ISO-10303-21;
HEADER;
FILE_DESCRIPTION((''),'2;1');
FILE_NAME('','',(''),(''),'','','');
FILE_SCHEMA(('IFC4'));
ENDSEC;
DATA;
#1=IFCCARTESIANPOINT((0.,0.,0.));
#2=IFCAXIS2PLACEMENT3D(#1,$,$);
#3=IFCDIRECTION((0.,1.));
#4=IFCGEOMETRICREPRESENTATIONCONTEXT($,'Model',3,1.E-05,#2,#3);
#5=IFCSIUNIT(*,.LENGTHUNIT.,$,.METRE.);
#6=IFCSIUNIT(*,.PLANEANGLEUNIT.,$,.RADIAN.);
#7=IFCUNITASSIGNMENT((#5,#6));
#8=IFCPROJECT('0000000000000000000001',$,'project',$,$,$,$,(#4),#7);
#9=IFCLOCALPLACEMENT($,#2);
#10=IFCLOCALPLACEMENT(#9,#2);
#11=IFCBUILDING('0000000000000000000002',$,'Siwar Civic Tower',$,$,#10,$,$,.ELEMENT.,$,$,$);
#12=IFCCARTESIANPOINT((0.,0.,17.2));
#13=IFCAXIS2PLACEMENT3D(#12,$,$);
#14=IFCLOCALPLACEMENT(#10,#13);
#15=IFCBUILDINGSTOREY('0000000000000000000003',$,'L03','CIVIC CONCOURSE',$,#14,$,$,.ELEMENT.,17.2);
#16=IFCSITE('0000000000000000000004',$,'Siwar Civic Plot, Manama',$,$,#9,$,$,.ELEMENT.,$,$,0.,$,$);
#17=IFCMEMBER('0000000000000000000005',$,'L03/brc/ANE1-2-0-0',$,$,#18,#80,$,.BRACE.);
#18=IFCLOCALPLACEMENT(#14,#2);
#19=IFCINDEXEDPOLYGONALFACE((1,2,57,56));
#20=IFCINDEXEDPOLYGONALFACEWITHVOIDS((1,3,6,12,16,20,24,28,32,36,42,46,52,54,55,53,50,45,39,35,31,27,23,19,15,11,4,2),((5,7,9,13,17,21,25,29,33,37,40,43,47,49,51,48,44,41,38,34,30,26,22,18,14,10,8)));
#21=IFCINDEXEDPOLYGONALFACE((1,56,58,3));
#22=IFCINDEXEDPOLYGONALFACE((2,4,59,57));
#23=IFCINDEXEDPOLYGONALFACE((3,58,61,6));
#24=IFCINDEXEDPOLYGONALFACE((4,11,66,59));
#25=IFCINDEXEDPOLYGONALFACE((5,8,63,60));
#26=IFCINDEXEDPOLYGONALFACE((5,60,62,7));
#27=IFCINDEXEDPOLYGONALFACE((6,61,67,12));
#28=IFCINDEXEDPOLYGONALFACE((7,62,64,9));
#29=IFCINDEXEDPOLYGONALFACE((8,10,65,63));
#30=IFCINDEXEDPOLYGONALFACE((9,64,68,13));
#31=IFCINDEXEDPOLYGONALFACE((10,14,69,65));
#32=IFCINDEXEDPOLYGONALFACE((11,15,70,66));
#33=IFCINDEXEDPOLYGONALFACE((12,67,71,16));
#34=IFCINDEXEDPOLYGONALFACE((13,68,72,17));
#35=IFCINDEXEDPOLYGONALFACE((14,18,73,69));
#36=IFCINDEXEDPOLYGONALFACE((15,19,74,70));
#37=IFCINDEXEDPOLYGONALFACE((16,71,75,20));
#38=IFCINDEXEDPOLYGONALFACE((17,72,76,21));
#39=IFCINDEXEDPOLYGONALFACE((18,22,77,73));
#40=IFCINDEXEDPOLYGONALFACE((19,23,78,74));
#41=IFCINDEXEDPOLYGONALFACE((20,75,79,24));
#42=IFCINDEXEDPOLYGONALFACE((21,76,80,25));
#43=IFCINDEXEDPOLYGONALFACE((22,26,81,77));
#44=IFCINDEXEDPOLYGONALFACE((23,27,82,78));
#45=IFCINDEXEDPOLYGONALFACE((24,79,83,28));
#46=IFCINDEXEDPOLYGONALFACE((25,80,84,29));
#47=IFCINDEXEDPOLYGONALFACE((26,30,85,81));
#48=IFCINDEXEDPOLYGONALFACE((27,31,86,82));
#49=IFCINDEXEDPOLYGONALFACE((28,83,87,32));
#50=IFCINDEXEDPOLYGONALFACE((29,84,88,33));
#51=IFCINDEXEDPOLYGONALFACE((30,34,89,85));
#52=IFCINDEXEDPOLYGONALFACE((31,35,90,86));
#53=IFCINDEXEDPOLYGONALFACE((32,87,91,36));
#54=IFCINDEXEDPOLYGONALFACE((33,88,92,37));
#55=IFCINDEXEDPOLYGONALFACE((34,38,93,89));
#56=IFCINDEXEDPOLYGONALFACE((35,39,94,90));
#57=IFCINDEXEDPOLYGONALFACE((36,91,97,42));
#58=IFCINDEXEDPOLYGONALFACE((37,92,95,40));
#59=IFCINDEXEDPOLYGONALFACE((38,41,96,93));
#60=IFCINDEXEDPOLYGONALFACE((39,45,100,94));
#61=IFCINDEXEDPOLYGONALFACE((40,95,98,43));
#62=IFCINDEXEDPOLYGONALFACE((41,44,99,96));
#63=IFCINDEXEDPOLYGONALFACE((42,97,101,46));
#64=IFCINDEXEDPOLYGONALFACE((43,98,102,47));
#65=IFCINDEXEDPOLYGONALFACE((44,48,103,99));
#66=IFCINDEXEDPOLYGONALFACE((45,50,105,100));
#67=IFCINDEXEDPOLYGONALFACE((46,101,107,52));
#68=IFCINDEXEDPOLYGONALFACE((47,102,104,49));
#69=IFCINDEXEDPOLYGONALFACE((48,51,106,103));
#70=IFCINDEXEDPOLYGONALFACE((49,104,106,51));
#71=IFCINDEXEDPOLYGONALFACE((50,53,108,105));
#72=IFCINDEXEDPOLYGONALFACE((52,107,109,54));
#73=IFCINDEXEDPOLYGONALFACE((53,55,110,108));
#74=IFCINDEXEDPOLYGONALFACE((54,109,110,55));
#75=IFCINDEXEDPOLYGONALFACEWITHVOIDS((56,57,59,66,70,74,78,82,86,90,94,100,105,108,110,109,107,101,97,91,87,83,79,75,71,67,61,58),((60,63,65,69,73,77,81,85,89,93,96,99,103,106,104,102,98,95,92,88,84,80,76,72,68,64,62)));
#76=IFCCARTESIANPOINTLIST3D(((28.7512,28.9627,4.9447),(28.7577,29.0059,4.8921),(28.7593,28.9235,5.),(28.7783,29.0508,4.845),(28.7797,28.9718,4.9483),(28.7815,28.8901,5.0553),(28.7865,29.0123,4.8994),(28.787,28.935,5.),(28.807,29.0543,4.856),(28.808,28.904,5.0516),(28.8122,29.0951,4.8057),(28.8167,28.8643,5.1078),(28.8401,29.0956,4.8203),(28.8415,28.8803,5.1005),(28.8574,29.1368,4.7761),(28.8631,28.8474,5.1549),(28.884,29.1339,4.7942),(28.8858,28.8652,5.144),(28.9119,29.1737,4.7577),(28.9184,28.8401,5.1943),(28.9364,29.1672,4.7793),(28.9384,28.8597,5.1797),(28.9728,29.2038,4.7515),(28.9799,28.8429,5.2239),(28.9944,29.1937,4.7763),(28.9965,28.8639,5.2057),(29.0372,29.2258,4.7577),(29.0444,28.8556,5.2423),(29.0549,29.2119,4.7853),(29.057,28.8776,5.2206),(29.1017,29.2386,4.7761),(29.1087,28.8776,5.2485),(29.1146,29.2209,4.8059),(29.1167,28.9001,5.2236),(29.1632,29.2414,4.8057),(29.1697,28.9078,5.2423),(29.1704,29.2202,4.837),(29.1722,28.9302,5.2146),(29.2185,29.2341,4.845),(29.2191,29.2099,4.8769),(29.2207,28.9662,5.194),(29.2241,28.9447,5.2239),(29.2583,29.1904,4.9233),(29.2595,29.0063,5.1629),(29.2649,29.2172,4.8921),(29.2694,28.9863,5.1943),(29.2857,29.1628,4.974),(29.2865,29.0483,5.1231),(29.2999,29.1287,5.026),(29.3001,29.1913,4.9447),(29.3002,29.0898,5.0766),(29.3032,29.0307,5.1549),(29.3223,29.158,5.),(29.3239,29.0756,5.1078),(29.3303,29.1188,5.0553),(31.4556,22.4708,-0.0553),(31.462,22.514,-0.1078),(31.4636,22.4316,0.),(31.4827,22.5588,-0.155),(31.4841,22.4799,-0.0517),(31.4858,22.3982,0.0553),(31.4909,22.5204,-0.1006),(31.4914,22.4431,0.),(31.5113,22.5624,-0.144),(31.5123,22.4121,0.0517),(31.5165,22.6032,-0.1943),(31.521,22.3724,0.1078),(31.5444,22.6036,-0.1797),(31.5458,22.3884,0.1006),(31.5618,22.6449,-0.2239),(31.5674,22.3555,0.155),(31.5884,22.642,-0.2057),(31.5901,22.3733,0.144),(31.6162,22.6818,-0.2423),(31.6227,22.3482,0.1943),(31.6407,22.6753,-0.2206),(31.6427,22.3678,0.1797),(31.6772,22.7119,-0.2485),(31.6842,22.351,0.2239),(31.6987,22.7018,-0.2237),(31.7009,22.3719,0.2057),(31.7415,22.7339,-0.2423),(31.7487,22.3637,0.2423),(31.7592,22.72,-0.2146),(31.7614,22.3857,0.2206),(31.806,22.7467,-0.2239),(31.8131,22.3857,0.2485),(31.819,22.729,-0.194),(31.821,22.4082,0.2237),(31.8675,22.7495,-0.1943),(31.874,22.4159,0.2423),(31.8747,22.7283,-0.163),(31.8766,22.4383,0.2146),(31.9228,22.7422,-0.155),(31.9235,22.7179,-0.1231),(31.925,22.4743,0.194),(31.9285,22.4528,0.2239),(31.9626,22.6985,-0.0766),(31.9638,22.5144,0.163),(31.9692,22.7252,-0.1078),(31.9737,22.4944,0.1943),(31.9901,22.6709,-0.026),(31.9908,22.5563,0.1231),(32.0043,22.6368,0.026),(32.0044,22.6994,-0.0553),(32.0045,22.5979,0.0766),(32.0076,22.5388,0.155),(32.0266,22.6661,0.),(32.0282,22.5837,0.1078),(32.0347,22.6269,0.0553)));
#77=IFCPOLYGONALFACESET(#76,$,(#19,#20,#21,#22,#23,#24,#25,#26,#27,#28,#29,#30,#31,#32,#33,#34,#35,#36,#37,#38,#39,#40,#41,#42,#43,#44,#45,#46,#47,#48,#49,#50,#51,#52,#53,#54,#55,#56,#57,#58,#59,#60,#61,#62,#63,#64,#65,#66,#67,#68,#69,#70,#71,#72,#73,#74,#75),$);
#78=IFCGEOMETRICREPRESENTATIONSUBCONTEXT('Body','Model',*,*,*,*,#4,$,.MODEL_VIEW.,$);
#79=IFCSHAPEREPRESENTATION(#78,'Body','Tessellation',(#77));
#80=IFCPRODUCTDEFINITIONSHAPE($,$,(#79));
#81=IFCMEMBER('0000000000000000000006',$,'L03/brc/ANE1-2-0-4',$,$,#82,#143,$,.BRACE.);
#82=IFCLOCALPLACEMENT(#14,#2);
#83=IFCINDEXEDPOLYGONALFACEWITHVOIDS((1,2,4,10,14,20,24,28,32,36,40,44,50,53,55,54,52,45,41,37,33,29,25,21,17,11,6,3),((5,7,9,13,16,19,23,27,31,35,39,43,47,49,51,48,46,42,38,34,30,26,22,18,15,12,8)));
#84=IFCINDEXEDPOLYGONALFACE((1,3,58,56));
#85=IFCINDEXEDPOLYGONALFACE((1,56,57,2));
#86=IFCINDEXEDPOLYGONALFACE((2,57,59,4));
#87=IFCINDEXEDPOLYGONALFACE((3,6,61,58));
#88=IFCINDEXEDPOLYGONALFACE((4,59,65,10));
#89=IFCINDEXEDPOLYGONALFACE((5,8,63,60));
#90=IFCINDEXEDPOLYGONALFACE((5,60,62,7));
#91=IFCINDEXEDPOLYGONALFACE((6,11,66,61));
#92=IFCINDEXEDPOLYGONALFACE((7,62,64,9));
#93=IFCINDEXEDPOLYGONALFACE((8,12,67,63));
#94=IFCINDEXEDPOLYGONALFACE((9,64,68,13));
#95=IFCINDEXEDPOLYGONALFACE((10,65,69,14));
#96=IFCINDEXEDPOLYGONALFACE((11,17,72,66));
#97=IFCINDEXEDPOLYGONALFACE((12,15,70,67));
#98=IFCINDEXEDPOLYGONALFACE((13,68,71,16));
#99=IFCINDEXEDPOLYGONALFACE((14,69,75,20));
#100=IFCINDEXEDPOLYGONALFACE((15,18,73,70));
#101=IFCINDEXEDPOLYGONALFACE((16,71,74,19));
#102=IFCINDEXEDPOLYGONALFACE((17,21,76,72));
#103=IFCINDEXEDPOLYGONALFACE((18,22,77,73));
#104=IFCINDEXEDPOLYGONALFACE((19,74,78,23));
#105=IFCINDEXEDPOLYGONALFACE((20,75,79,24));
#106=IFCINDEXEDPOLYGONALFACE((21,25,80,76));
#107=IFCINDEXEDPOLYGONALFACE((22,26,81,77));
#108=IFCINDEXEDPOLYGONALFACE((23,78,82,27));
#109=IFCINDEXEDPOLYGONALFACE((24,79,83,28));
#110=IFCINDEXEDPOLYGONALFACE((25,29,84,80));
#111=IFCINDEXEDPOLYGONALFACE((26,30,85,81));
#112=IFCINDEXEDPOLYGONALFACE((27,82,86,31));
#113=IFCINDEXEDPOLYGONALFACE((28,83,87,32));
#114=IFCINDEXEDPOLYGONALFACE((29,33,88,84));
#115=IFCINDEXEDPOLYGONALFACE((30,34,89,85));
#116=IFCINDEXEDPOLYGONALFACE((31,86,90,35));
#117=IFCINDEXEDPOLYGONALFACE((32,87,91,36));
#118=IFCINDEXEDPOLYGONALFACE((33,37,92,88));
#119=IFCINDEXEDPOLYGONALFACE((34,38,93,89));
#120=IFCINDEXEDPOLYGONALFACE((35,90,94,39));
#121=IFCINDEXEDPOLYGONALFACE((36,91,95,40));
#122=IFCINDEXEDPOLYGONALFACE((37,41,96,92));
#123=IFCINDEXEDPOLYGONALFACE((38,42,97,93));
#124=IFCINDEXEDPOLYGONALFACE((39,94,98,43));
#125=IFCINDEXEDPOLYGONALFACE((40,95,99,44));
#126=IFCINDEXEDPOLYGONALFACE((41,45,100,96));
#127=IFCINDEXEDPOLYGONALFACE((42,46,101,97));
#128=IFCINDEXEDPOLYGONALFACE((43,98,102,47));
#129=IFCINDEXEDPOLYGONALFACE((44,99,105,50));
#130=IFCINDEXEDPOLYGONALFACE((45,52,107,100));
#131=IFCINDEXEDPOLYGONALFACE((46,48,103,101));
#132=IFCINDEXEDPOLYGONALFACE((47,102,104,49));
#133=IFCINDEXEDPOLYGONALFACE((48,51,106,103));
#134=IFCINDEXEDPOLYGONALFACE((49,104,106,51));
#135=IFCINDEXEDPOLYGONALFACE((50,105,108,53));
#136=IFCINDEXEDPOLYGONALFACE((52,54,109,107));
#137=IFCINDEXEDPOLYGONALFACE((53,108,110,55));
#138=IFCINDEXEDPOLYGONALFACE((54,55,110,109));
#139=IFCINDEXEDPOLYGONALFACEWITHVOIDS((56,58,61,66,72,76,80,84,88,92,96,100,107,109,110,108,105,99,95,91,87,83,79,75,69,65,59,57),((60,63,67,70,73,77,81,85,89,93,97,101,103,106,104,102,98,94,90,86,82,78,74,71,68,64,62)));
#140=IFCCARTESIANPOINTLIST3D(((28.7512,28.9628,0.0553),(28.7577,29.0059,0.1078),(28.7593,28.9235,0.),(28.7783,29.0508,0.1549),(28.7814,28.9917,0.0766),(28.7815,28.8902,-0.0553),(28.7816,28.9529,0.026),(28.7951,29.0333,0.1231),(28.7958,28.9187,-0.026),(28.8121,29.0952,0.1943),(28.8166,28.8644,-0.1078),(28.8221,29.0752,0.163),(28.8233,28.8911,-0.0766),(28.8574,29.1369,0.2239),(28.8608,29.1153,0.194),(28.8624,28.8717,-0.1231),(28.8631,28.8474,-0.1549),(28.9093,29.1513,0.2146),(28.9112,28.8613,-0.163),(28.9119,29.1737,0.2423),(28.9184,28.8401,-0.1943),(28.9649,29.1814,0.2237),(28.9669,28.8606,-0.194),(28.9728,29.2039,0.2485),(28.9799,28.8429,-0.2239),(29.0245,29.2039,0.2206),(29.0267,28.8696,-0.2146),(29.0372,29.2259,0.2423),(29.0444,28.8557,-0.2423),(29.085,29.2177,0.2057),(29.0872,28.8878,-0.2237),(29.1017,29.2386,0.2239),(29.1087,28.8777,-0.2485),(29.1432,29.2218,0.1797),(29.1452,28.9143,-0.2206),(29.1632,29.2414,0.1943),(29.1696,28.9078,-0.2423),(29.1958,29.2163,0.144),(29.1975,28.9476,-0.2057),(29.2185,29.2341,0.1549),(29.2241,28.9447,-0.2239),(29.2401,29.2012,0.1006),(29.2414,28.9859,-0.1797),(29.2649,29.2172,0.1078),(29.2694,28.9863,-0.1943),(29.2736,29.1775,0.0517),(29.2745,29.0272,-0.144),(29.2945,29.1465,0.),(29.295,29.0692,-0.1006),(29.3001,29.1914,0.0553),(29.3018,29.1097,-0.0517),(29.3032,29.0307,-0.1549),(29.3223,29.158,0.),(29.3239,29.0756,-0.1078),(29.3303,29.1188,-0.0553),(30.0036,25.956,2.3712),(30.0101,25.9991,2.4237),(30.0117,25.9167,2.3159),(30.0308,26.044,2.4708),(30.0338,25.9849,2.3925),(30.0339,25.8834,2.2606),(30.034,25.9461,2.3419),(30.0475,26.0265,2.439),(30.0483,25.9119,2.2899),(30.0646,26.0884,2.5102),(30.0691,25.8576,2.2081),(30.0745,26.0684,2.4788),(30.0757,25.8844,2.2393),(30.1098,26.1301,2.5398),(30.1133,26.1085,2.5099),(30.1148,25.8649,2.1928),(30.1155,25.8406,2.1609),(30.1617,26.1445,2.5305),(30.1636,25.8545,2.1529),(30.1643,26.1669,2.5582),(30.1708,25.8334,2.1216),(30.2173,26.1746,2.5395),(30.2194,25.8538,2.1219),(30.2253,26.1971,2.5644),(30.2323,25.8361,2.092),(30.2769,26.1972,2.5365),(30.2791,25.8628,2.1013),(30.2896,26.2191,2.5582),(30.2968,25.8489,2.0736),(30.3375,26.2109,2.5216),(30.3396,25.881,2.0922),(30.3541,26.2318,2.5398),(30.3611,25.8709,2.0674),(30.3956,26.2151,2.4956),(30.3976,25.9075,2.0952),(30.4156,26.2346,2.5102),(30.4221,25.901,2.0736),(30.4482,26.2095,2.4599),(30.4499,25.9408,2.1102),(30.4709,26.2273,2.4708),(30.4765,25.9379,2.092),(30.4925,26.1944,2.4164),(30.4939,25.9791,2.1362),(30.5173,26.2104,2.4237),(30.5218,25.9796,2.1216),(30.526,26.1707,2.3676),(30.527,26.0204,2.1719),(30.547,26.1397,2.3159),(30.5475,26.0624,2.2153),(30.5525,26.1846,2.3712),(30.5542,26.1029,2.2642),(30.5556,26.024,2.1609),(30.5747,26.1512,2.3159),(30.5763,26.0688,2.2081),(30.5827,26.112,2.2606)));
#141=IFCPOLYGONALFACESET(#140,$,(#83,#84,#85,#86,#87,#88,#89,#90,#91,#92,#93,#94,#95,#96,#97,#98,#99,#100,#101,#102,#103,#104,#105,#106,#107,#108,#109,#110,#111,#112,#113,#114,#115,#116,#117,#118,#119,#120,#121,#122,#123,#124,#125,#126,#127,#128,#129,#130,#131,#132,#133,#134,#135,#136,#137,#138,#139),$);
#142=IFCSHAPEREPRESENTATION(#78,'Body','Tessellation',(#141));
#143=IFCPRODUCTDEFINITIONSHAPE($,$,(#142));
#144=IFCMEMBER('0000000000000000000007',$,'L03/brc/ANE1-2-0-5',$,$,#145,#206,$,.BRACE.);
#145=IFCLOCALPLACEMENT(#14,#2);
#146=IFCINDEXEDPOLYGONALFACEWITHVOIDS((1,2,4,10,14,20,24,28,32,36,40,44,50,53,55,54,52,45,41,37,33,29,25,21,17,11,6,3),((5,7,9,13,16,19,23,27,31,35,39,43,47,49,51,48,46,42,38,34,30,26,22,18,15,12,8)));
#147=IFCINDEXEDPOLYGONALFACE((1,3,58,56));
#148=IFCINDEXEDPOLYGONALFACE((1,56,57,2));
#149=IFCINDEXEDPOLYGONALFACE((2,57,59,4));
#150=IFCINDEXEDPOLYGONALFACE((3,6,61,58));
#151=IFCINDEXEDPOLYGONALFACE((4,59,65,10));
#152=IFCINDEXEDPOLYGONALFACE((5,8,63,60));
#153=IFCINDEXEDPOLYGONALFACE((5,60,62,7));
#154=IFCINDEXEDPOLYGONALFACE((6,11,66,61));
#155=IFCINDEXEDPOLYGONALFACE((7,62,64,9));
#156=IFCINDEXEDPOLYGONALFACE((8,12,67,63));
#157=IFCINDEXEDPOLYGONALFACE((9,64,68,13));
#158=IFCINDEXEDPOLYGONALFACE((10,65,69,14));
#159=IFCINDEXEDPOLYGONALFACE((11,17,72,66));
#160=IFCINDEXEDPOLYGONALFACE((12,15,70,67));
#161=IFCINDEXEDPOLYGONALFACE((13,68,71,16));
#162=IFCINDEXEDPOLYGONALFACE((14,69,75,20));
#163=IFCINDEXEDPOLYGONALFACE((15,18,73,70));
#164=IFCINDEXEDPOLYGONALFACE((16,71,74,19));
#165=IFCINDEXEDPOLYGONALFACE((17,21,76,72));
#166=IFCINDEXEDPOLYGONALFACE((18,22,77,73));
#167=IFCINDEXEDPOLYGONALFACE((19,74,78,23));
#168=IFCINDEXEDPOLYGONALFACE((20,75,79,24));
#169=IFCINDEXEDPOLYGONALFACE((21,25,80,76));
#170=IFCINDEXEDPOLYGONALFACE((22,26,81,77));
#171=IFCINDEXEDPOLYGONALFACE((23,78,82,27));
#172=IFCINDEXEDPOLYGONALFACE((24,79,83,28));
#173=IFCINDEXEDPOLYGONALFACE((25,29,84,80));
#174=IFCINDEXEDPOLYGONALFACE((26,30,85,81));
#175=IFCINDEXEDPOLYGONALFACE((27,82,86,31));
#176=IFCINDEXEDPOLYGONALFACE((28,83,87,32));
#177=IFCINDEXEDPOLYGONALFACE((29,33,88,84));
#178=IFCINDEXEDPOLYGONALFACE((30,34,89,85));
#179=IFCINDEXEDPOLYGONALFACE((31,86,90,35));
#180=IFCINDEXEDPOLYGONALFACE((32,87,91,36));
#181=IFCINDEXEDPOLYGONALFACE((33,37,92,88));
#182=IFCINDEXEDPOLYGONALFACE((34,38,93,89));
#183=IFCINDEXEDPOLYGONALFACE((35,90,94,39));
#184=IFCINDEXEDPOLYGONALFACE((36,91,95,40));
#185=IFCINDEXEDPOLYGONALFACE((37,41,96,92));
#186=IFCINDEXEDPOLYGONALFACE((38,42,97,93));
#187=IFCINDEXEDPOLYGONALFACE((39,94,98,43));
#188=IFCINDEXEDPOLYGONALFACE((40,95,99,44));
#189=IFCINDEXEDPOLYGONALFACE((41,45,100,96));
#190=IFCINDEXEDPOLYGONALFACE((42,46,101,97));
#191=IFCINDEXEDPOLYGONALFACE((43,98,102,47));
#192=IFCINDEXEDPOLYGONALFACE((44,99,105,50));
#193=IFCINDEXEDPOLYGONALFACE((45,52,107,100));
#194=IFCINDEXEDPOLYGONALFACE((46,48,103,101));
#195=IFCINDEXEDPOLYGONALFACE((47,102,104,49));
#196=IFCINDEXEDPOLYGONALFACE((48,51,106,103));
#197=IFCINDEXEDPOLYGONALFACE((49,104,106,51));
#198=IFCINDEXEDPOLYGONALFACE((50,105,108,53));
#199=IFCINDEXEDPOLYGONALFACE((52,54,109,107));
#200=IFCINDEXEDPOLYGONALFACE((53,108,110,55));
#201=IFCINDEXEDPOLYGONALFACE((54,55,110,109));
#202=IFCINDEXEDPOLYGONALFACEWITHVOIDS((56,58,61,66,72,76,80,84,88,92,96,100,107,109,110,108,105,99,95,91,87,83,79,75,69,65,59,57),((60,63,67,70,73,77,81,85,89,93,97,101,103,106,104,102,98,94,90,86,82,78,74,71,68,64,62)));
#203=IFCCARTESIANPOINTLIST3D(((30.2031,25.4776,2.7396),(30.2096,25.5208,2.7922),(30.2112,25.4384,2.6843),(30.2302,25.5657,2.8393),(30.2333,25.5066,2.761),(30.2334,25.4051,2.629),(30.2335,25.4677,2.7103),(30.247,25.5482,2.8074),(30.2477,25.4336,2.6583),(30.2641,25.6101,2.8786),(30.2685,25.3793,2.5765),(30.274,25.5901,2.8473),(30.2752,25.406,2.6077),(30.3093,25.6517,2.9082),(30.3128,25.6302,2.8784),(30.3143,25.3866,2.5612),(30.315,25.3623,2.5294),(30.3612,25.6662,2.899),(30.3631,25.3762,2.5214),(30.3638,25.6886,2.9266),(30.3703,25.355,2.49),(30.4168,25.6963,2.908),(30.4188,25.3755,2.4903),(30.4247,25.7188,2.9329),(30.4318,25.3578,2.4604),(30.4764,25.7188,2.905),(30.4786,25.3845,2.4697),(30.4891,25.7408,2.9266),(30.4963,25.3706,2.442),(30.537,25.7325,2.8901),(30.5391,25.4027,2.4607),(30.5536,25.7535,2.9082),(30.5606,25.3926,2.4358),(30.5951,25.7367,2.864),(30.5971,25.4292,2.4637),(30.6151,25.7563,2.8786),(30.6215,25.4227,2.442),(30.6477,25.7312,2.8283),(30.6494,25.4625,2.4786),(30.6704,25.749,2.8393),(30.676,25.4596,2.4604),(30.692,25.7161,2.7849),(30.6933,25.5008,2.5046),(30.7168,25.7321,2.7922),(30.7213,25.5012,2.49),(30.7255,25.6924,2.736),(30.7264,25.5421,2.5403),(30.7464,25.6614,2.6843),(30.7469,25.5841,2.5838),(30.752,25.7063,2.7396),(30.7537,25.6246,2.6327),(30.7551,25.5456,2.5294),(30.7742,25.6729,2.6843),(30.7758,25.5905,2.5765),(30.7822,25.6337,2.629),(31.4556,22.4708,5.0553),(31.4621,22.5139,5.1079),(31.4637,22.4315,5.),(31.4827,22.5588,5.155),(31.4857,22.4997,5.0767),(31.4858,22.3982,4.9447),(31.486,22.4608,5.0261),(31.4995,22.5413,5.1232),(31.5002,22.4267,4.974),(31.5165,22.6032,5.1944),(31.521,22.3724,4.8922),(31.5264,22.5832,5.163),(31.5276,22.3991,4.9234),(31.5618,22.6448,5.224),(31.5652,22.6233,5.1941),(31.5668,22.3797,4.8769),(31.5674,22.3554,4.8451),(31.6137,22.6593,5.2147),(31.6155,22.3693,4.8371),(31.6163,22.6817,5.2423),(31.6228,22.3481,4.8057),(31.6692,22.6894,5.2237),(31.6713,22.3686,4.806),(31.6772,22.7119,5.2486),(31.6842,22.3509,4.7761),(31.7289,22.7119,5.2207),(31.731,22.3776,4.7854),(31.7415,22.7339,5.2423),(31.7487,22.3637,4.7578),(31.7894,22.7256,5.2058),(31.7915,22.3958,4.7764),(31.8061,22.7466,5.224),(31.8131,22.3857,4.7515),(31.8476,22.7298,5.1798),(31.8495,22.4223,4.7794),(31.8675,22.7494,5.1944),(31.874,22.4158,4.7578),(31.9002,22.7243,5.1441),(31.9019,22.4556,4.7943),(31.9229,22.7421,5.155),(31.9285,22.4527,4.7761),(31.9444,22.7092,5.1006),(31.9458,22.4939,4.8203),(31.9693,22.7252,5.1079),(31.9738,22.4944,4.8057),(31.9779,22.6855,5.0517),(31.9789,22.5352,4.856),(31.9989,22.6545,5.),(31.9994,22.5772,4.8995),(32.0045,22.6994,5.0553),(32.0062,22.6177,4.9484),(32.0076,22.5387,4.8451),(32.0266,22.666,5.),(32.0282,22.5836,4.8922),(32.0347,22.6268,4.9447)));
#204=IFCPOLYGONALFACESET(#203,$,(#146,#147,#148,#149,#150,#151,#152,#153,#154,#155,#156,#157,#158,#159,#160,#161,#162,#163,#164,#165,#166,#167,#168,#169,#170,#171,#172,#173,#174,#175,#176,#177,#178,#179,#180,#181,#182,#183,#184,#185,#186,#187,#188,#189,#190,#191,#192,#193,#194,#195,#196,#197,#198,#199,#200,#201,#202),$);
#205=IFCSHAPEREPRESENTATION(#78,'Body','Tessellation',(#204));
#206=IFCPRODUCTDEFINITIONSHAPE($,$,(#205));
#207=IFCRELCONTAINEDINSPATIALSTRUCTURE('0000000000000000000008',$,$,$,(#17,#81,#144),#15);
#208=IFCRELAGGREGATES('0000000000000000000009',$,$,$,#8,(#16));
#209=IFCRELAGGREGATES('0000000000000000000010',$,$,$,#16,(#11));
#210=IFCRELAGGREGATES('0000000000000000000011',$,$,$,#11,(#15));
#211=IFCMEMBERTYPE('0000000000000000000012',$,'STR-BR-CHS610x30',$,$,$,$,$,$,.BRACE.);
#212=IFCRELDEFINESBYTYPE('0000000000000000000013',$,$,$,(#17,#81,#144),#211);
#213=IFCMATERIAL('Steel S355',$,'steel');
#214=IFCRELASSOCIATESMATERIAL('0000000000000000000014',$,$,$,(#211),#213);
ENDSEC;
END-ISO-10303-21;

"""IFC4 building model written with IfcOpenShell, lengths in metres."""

from ifc_helpers import new_model, si_unit, direction, frame, origin, origin_2d, place, context, subcontext, project, spatial, hollow_circle, extrude, material, material_profile, profile_set, type_object, element, save


model = new_model("IFC4")

# Units and contexts
model_context = context("Model", 3, precision=1e-05, world=origin(), true_north=direction((0.0, 1.0)))
body_context = subcontext(model_context, "Body", "Model", "MODEL_VIEW")
ifc_project = project(units=[si_unit("LENGTHUNIT", "METRE"), si_unit("PLANEANGLEUNIT", "RADIAN")], contexts=[model_context])

# Site, building, storey
site_placement = place(None, origin())
site = spatial("IfcSite", under=ifc_project, at=site_placement, Name="Siwar Civic Plot, Manama", CompositionType="ELEMENT", RefElevation=0.0)
building_placement = place(site_placement, origin())
building = spatial("IfcBuilding", under=site, at=building_placement, Name="Siwar Civic Tower", CompositionType="ELEMENT")
storey_placement = place(building_placement, frame((0.0, 0.0, 17.2)))
storey = spatial("IfcBuildingStorey", under=building, at=storey_placement, Name="L03", Description="CIVIC CONCOURSE", CompositionType="ELEMENT", Elevation=17.2)

# Members
ifc_material_1 = material(Name="Steel S355", Category="steel")
ifc_material_profile_1 = material_profile(ifc_material_1, hollow_circle(Radius=0.3049, WallThickness=0.03, at=origin_2d()), Name="CHS610x30")
ifc_profile_set_1 = profile_set([ifc_material_profile_1], Name="Steel S355")
member_type_1 = type_object("IfcMemberType", Name="STR-BR-CHS610x30", PredefinedType="BRACE", material=ifc_profile_set_1)
member_1_placement = place(storey_placement, frame((31.7451, 22.5488, 0.0), z_axis=(-0.313404, 0.752344, 0.579445), x_axis=(-0.923109, -0.384539, 0.0)))
element("IfcMember", 1, at=member_1_placement, inside=storey, type_object=member_type_1, Name="L03/brc/ANE1-2-0-0", PredefinedType="BRACE", context=body_context, shape_type="SweptSolid", body=[
    extrude(hollow_circle(Radius=0.3049, WallThickness=0.03, at=origin_2d()), origin(), (0.0, 0.0, 1.0), 8.6289),
])
for number, where, z_axis, x_axis, name in (
    (2, (29.0408, 29.0408, 0.0), (0.313373, -0.752341, 0.579466), (0.923121, 0.384509, 0.0), "L03/brc/ANE1-2-0-4"),
    (3, (30.4927, 25.5557, 2.6843), (0.313385, -0.752367, 0.579425), (0.923121, 0.384509, 0.0), "L03/brc/ANE1-2-0-5"),
):
    element("IfcMember", number, at=place(storey_placement, frame(where, z_axis=z_axis, x_axis=x_axis)), inside=storey, type_object=member_type_1, Name=name, PredefinedType="BRACE", context=body_context, shape_type="SweptSolid", body=[
        extrude(hollow_circle(Radius=0.3049, WallThickness=0.03, at=origin_2d()), origin(), (0.0, 0.0, 1.0), 3.9966),
    ])

save(model, "model.ifc")
